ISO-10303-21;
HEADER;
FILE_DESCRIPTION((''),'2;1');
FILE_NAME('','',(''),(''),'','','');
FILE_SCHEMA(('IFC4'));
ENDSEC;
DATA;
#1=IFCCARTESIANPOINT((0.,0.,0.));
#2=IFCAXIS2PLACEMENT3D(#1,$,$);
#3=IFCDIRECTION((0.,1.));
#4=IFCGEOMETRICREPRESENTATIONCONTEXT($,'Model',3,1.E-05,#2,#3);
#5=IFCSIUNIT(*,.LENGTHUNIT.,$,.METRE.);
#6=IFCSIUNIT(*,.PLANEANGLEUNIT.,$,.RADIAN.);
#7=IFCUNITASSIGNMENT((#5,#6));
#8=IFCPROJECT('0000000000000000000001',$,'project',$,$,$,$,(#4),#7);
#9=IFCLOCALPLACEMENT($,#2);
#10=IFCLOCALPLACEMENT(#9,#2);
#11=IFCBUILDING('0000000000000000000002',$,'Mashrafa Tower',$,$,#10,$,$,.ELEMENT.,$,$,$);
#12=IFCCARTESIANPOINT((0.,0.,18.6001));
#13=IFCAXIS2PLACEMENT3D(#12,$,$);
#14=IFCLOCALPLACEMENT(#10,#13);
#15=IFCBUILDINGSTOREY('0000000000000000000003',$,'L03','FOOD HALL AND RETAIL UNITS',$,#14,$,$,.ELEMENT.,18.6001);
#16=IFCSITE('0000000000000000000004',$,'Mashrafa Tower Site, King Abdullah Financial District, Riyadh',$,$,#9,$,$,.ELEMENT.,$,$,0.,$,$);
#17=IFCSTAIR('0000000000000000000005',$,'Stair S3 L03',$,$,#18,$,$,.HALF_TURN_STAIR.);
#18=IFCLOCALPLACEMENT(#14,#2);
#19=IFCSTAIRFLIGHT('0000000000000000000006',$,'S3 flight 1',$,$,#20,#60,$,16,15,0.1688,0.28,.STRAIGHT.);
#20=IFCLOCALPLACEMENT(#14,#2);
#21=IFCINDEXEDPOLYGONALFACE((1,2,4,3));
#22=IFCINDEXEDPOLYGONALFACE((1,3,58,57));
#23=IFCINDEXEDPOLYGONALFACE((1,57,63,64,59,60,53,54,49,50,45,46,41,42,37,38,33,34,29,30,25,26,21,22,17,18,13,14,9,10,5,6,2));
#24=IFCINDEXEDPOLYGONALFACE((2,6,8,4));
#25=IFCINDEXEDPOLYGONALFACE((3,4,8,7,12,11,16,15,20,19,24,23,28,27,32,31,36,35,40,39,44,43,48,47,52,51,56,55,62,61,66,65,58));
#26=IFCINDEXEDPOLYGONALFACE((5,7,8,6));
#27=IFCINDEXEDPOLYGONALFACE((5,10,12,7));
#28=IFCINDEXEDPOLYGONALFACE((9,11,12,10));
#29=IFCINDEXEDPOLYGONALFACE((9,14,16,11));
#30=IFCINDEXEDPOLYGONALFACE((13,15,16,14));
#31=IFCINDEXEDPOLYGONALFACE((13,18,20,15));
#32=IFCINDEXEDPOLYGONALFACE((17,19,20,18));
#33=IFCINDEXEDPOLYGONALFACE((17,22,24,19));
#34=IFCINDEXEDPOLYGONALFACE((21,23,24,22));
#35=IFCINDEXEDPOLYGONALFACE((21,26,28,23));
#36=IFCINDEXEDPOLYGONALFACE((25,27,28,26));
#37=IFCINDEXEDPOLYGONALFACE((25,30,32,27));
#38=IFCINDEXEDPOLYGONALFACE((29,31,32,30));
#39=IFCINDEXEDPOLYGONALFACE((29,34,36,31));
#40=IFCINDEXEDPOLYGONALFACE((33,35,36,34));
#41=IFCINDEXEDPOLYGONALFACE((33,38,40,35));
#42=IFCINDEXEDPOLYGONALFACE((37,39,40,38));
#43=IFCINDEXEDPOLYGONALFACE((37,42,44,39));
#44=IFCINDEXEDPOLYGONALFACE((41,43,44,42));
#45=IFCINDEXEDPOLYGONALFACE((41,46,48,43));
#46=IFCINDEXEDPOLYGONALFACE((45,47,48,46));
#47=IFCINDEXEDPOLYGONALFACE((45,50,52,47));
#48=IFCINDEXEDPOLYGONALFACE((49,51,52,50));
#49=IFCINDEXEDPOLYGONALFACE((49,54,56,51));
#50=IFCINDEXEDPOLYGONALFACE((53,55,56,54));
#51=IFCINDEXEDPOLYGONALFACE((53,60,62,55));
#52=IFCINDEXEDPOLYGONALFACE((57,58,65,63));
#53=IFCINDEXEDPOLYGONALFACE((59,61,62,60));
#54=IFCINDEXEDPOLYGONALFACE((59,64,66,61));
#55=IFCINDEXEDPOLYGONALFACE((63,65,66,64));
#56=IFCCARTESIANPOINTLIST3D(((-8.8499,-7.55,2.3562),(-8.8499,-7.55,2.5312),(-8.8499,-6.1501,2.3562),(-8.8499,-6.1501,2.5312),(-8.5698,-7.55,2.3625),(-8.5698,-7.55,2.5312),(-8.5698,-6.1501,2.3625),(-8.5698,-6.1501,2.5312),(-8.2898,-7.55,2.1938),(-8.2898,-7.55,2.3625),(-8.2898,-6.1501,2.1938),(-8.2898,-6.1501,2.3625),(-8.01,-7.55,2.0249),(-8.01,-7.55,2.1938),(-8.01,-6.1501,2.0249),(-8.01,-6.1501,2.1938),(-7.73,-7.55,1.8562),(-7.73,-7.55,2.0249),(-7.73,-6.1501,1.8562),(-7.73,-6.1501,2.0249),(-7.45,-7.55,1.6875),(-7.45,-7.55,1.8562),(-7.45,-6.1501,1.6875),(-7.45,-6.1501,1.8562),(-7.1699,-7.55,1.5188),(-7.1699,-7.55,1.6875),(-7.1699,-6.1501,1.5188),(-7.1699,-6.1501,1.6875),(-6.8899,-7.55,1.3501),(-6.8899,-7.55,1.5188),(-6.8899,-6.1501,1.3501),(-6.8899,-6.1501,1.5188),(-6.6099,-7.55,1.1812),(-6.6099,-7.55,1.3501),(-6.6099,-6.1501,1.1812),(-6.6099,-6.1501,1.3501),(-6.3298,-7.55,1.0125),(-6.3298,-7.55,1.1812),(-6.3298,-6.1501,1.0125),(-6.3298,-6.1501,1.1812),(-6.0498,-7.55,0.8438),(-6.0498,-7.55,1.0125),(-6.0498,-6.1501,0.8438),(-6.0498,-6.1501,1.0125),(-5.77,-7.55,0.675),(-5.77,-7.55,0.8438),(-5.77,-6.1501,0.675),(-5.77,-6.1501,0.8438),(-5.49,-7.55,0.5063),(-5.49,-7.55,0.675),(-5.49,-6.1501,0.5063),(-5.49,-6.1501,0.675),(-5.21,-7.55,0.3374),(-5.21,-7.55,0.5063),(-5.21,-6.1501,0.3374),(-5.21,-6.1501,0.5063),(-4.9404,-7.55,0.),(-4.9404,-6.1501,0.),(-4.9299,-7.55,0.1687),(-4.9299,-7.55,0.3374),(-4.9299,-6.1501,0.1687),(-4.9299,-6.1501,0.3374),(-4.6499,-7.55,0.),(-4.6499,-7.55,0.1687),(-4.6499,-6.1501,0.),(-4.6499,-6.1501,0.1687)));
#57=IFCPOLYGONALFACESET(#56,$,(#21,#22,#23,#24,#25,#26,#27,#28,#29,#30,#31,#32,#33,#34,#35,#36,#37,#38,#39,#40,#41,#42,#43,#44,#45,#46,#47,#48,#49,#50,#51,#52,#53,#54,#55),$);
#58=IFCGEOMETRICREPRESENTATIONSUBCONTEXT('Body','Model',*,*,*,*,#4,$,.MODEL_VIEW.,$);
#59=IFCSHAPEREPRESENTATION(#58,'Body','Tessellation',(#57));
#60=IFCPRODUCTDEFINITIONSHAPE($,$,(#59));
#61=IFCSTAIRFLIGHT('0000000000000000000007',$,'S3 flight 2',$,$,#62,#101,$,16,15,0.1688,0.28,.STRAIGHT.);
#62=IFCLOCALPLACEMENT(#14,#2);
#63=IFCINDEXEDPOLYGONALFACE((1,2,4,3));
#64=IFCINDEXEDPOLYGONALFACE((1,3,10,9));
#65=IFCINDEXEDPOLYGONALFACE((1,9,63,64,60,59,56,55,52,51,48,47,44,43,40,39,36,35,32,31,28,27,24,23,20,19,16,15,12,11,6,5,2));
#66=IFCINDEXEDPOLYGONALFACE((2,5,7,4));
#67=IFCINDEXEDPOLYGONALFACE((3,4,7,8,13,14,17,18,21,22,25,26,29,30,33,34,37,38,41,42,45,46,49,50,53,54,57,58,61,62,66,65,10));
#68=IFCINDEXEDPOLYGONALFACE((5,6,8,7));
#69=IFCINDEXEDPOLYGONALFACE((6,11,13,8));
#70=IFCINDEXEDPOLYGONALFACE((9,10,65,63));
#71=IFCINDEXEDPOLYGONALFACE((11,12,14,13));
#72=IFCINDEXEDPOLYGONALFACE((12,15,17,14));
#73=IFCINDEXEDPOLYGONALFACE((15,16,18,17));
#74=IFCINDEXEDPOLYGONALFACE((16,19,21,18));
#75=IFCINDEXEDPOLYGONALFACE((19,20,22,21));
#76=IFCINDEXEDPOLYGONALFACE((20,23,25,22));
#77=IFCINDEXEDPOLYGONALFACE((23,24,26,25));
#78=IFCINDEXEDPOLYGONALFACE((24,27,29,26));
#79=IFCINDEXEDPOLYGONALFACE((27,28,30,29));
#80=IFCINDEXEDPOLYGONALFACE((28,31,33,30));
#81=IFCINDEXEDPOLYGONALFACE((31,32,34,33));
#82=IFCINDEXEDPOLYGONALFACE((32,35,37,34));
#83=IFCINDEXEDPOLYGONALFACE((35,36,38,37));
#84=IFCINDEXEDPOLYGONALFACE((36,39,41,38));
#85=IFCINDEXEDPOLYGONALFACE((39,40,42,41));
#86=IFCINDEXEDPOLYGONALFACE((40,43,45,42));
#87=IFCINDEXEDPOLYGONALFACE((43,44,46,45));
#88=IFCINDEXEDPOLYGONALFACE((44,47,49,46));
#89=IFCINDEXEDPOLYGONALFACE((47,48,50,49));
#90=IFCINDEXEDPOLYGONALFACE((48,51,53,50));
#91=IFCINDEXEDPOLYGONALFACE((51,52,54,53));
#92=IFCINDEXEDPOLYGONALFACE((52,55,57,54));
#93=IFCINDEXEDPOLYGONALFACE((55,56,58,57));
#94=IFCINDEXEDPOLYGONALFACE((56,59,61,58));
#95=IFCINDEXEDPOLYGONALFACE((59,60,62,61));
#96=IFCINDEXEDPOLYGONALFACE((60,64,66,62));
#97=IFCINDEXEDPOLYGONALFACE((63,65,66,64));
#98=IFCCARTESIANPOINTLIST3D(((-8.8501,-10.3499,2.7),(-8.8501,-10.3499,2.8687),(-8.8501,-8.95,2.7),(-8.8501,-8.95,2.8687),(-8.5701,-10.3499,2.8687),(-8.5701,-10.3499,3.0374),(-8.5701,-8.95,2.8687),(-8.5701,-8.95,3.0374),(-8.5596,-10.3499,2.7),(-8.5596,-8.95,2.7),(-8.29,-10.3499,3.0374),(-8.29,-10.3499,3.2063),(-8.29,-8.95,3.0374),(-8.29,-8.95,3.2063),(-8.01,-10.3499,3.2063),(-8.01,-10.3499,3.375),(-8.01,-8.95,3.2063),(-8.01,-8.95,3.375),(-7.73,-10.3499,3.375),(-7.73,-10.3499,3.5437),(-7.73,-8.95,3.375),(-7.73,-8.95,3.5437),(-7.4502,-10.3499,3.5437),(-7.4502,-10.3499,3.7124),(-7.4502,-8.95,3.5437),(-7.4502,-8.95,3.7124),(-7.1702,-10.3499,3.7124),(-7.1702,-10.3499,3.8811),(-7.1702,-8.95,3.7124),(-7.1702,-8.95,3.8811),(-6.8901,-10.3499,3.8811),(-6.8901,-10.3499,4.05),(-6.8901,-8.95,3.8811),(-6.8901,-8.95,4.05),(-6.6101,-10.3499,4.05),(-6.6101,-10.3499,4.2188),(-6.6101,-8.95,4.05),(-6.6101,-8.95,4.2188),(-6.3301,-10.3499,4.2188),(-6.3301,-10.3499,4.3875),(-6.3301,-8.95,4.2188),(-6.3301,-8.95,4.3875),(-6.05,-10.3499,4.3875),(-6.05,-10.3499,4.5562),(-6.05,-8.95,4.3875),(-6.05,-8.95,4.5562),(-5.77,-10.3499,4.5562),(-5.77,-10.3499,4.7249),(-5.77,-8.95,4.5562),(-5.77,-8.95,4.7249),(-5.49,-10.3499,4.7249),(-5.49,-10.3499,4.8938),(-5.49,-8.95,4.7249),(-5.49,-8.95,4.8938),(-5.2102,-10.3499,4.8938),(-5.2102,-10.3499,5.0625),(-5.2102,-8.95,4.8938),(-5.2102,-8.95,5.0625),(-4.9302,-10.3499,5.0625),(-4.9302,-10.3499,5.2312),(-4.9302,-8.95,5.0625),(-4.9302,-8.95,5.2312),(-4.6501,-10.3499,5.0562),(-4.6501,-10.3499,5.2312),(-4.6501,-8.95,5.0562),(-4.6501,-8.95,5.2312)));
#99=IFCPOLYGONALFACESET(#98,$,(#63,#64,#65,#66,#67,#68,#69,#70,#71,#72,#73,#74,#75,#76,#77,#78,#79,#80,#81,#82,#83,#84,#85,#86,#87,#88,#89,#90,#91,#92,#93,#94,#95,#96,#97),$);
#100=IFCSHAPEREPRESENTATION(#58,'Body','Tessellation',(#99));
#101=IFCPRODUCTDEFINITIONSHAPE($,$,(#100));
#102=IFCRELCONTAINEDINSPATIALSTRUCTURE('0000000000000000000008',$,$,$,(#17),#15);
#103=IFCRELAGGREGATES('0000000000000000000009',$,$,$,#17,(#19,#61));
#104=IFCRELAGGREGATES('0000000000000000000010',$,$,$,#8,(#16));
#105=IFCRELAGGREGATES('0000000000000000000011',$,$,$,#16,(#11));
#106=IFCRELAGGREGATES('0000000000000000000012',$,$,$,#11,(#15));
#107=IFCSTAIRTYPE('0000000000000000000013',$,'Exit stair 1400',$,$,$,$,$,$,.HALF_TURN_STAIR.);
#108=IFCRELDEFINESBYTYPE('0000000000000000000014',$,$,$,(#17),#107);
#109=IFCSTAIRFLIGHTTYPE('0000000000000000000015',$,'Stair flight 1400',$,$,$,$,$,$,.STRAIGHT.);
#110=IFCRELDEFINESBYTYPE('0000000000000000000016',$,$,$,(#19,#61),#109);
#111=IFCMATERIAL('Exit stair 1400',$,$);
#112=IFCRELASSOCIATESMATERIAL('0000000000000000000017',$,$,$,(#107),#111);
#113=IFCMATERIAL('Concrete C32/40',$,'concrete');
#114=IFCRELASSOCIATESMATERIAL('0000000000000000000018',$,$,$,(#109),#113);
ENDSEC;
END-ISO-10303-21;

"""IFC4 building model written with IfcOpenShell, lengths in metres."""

from ifc_helpers import new_model, si_unit, direction, frame, origin, place, context, subcontext, project, spatial, polyline, outline, extrude, material, type_object, element, aggregate, save


model = new_model("IFC4")

# Units and contexts
model_context = context("Model", 3, precision=1e-05, world=origin(), true_north=direction((0.0, 1.0)))
body_context = subcontext(model_context, "Body", "Model", "MODEL_VIEW")
ifc_project = project(units=[si_unit("LENGTHUNIT", "METRE"), si_unit("PLANEANGLEUNIT", "RADIAN")], contexts=[model_context])

# Site, building, storey
site_placement = place(None, origin())
site = spatial("IfcSite", under=ifc_project, at=site_placement, Name="Mashrafa Tower Site, King Abdullah Financial District, Riyadh", CompositionType="ELEMENT", RefElevation=0.0)
building_placement = place(site_placement, origin())
building = spatial("IfcBuilding", under=site, at=building_placement, Name="Mashrafa Tower", CompositionType="ELEMENT")
storey_placement = place(building_placement, frame((0.0, 0.0, 18.6001)))
storey = spatial("IfcBuildingStorey", under=building, at=storey_placement, Name="L03", Description="FOOD HALL AND RETAIL UNITS", CompositionType="ELEMENT", Elevation=18.6001)

# Stair, stair flights
ifc_material_1 = material(Name="Exit stair 1400")
stair_type = type_object("IfcStairType", Name="Exit stair 1400", PredefinedType="HALF_TURN_STAIR", material=ifc_material_1)
stair_placement = place(storey_placement, origin())
stair = element("IfcStair", 1, at=stair_placement, inside=storey, type_object=stair_type, Name="Stair S3 L03", PredefinedType="HALF_TURN_STAIR")
ifc_material_2 = material(Name="Concrete C32/40", Category="concrete")
stair_flight_type = type_object("IfcStairFlightType", Name="Stair flight 1400", PredefinedType="STRAIGHT", material=ifc_material_2)
stair_flight_1_placement = place(storey_placement, frame((-4.6499, -6.8501, 0.0), z_axis=(0.0, 0.0, 1.0), x_axis=(-1.0, 0.0, 0.0)))
stair_flight_1 = element("IfcStairFlight", 2, at=stair_flight_1_placement, type_object=stair_flight_type, Name="S3 flight 1", NumberOfRisers=16, NumberOfTreads=15, PredefinedType="STRAIGHT", RiserHeight=0.1688, TreadLength=0.28, context=body_context, shape_type="SweptSolid", body=[
    extrude(outline(polyline([(0.0, 0.0), (0.0, 0.1687), (0.28, 0.1687), (0.28, 0.3374), (0.5601, 0.3374), (0.5601, 0.5063), (0.8401, 0.5063), (0.8401, 0.675), (1.1201, 0.675), (1.1201, 0.8438), (1.3999, 0.8438), (1.3999, 1.0125), (1.6799, 1.0125), (1.6799, 1.1812), (1.96, 1.1812), (1.96, 1.3501), (2.24, 1.3501), (2.24, 1.5188), (2.52, 1.5188), (2.52, 1.6875), (2.8, 1.6875), (2.8, 1.8562), (3.0801, 1.8562), (3.0801, 2.0249), (3.3601, 2.0249), (3.3601, 2.1938), (3.6399, 2.1938), (3.6399, 2.3625), (3.9199, 2.3625), (3.9199, 2.5312), (4.2, 2.5312), (4.2, 2.7), (4.2, 2.3562), (0.2905, 0.0), (0.0, 0.0)])), frame((0.0, 0.7, 0.0), z_axis=(0.0, -1.0, 0.0), x_axis=(1.0, 0.0, 0.0)), (0.0, 0.0, 1.0), 1.3999),
])
stair_flight_2_placement = place(storey_placement, frame((-8.8501, -9.6499, 2.7), z_axis=(0.0, 0.0, 1.0), x_axis=(1.0, 0.0, 0.0)))
stair_flight_2 = element("IfcStairFlight", 3, at=stair_flight_2_placement, type_object=stair_flight_type, Name="S3 flight 2", NumberOfRisers=16, NumberOfTreads=15, PredefinedType="STRAIGHT", RiserHeight=0.1688, TreadLength=0.28, context=body_context, shape_type="SweptSolid", body=[
    extrude(outline(polyline([(0.0, 0.0), (0.0, 0.1687), (0.28, 0.1687), (0.28, 0.3374), (0.5601, 0.3374), (0.5601, 0.5063), (0.8401, 0.5063), (0.8401, 0.675), (1.1201, 0.675), (1.1201, 0.8438), (1.3999, 0.8438), (1.3999, 1.0125), (1.6799, 1.0125), (1.6799, 1.1812), (1.96, 1.1812), (1.96, 1.3501), (2.24, 1.3501), (2.24, 1.5188), (2.52, 1.5188), (2.52, 1.6875), (2.8, 1.6875), (2.8, 1.8562), (3.0801, 1.8562), (3.0801, 2.0249), (3.3601, 2.0249), (3.3601, 2.1938), (3.6399, 2.1938), (3.6399, 2.3625), (3.9199, 2.3625), (3.9199, 2.5312), (4.2, 2.5312), (4.2, 2.7), (4.2, 2.3562), (0.2905, 0.0), (0.0, 0.0)])), frame((0.0, 0.7, 0.0), z_axis=(0.0, -1.0, 0.0), x_axis=(1.0, 0.0, 0.0)), (0.0, 0.0, 1.0), 1.3999),
])
aggregate(stair, [stair_flight_1, stair_flight_2])

save(model, "model.ifc")
